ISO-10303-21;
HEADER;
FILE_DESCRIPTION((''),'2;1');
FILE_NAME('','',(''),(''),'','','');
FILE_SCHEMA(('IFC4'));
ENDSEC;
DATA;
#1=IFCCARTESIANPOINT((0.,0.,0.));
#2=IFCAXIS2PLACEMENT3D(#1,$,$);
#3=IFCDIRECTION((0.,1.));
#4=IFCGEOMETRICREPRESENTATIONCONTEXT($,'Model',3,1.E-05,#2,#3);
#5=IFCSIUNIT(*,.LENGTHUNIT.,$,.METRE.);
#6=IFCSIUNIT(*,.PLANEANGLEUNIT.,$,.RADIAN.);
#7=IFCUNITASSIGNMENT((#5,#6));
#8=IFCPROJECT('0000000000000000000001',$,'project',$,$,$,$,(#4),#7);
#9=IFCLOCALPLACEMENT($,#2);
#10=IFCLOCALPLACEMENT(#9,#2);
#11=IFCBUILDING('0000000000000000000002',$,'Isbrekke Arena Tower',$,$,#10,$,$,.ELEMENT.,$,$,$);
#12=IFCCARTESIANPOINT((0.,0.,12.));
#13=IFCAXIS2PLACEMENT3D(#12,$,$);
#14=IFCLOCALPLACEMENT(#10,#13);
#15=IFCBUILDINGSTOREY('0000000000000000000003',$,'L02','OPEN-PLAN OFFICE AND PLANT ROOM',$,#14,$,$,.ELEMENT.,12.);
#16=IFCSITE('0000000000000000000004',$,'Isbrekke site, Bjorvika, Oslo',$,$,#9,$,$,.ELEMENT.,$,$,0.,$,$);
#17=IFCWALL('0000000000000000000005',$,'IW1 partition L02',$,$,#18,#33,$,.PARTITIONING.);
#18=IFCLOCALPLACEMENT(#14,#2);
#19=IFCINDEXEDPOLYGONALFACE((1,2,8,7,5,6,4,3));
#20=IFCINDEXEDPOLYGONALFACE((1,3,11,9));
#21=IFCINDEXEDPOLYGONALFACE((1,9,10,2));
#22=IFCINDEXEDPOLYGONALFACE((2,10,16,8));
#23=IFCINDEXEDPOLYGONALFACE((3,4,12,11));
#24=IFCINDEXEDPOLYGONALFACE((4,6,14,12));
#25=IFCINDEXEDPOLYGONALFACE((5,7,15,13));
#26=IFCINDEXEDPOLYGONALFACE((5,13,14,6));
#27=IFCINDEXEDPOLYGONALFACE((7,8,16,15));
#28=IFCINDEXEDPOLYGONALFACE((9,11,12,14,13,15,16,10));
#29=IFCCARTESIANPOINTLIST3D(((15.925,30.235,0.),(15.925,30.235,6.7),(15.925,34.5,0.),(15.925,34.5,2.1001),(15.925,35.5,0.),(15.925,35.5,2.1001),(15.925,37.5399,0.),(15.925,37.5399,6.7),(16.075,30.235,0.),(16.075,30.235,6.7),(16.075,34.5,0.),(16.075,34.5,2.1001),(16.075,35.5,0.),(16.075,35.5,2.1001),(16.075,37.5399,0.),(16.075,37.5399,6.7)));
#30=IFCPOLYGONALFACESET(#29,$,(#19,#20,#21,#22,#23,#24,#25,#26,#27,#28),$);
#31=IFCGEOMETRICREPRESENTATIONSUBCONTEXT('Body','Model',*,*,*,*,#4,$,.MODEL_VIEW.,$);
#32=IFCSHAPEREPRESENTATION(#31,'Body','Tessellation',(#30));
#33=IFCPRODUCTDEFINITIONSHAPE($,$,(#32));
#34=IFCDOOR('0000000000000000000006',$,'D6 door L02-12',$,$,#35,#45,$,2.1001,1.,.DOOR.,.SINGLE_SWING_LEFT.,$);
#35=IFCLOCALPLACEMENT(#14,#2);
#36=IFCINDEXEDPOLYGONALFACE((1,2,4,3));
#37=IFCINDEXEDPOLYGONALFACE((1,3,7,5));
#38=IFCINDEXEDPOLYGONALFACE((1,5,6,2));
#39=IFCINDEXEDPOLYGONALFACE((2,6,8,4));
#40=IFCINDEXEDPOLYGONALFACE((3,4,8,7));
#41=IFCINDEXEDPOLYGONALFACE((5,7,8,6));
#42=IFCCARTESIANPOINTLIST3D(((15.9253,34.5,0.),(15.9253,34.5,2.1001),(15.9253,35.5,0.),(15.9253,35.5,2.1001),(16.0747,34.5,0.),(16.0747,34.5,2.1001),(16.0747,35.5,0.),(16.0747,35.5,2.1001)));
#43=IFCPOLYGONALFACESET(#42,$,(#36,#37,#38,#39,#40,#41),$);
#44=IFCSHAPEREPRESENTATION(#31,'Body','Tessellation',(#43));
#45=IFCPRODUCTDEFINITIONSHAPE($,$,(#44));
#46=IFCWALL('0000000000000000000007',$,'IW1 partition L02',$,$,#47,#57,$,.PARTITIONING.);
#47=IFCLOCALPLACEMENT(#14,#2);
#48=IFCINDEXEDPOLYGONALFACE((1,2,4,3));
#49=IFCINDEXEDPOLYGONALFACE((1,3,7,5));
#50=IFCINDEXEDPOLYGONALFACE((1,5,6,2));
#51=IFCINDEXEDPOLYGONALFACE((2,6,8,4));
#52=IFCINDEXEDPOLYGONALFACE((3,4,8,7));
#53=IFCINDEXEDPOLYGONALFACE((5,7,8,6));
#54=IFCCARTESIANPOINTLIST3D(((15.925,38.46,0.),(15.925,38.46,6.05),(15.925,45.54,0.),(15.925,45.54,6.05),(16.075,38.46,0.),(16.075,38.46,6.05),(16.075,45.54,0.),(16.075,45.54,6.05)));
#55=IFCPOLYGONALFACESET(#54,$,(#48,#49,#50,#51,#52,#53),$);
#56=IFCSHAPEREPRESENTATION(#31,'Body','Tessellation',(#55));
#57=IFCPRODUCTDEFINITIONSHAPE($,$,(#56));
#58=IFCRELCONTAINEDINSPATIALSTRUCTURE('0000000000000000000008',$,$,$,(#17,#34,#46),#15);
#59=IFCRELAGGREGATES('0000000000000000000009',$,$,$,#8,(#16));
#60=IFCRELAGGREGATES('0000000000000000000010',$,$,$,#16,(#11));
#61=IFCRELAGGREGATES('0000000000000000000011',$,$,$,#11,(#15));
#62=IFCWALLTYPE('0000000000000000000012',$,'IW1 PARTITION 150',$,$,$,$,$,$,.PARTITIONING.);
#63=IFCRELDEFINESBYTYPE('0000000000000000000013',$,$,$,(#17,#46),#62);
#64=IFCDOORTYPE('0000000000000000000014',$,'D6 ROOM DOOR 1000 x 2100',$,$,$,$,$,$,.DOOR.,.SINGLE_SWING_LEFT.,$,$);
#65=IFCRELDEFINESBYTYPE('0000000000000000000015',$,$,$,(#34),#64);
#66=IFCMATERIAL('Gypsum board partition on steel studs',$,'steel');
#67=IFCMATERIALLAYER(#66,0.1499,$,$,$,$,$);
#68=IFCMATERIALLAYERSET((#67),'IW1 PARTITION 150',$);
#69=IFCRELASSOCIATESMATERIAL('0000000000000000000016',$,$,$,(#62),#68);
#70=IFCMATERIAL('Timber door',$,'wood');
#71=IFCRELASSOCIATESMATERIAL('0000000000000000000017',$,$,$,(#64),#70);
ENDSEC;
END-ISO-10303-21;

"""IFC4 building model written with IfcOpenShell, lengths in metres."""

from ifc_helpers import new_model, si_unit, direction, frame, frame_2d, origin, place, context, subcontext, project, spatial, rectangle, extrude, material, layer, layer_set, type_object, element, fill, save


model = new_model("IFC4")

# Units and contexts
model_context = context("Model", 3, precision=1e-05, world=origin(), true_north=direction((0.0, 1.0)))
body_context = subcontext(model_context, "Body", "Model", "MODEL_VIEW")
ifc_project = project(units=[si_unit("LENGTHUNIT", "METRE"), si_unit("PLANEANGLEUNIT", "RADIAN")], contexts=[model_context])

# Site, building, storey
site_placement = place(None, origin())
site = spatial("IfcSite", under=ifc_project, at=site_placement, Name="Isbrekke site, Bjorvika, Oslo", CompositionType="ELEMENT", RefElevation=0.0)
building_placement = place(site_placement, origin())
building = spatial("IfcBuilding", under=site, at=building_placement, Name="Isbrekke Arena Tower", CompositionType="ELEMENT")
storey_placement = place(building_placement, frame((0.0, 0.0, 12.0)))
storey = spatial("IfcBuildingStorey", under=building, at=storey_placement, Name="L02", Description="OPEN-PLAN OFFICE AND PLANT ROOM", CompositionType="ELEMENT", Elevation=12.0)

# Wall, opening, door
ifc_material_1 = material(Name="Gypsum board partition on steel studs", Category="steel")
ifc_layer = layer(ifc_material_1, 0.1499)
ifc_layer_set = layer_set([ifc_layer], Name="IW1 PARTITION 150")
wall_type = type_object("IfcWallType", Name="IW1 PARTITION 150", PredefinedType="PARTITIONING", material=ifc_layer_set)
wall_1_placement = place(storey_placement, frame((16.0, 30.2351, 0.0), z_axis=(0.0, 0.0, 1.0), x_axis=(0.0, 1.0, 0.0)))
wall_1 = element("IfcWall", 1, at=wall_1_placement, inside=storey, type_object=wall_type, Name="IW1 partition L02", PredefinedType="PARTITIONING", context=body_context, shape_type="SweptSolid", body=[
    extrude(rectangle(XDim=7.3049, YDim=0.1499, at=frame_2d((3.6523, 0.0))), origin(), (0.0, 0.0, 1.0), 6.7),
])
opening_placement = place(wall_1_placement, frame((4.2649, 0.0, 0.0)))
opening = element("IfcOpeningElement", 2, at=opening_placement, cuts=wall_1, PredefinedType="OPENING", context=body_context, shape_type="SweptSolid", body=[
    extrude(rectangle(XDim=1.0, YDim=2.1001, at=frame_2d((0.5, 1.05))), frame((0.0, 0.0898, 0.0), z_axis=(0.0, -1.0, 0.0), x_axis=(1.0, 0.0, 0.0)), (0.0, 0.0, 1.0), 0.1797),
])
ifc_material_2 = material(Name="Timber door", Category="wood")
door_type = type_object("IfcDoorType", Name="D6 ROOM DOOR 1000 x 2100", OperationType="SINGLE_SWING_LEFT", PredefinedType="DOOR", material=ifc_material_2)
door_placement = place(opening_placement, origin())
door = element("IfcDoor", 3, at=door_placement, inside=storey, type_object=door_type, Name="D6 door L02-12", OperationType="SINGLE_SWING_LEFT", OverallHeight=2.1001, OverallWidth=1.0, PredefinedType="DOOR", context=body_context, shape_type="SweptSolid", body=[
    extrude(rectangle(XDim=1.0, YDim=2.1001, at=frame_2d((0.5, 1.05))), frame((0.0, 0.0747, 0.0), z_axis=(0.0, -1.0, 0.0), x_axis=(1.0, 0.0, 0.0)), (0.0, 0.0, 1.0), 0.1494),
])
fill(opening, door)

# Wall
wall_2_placement = place(storey_placement, frame((16.0, 38.46, 0.0), z_axis=(0.0, 0.0, 1.0), x_axis=(0.0, 1.0, 0.0)))
element("IfcWall", 4, at=wall_2_placement, inside=storey, type_object=wall_type, Name="IW1 partition L02", PredefinedType="PARTITIONING", context=body_context, shape_type="SweptSolid", body=[
    extrude(rectangle(XDim=7.0801, YDim=0.1499, at=frame_2d((3.54, 0.0))), origin(), (0.0, 0.0, 1.0), 6.05),
])

save(model, "model.ifc")
